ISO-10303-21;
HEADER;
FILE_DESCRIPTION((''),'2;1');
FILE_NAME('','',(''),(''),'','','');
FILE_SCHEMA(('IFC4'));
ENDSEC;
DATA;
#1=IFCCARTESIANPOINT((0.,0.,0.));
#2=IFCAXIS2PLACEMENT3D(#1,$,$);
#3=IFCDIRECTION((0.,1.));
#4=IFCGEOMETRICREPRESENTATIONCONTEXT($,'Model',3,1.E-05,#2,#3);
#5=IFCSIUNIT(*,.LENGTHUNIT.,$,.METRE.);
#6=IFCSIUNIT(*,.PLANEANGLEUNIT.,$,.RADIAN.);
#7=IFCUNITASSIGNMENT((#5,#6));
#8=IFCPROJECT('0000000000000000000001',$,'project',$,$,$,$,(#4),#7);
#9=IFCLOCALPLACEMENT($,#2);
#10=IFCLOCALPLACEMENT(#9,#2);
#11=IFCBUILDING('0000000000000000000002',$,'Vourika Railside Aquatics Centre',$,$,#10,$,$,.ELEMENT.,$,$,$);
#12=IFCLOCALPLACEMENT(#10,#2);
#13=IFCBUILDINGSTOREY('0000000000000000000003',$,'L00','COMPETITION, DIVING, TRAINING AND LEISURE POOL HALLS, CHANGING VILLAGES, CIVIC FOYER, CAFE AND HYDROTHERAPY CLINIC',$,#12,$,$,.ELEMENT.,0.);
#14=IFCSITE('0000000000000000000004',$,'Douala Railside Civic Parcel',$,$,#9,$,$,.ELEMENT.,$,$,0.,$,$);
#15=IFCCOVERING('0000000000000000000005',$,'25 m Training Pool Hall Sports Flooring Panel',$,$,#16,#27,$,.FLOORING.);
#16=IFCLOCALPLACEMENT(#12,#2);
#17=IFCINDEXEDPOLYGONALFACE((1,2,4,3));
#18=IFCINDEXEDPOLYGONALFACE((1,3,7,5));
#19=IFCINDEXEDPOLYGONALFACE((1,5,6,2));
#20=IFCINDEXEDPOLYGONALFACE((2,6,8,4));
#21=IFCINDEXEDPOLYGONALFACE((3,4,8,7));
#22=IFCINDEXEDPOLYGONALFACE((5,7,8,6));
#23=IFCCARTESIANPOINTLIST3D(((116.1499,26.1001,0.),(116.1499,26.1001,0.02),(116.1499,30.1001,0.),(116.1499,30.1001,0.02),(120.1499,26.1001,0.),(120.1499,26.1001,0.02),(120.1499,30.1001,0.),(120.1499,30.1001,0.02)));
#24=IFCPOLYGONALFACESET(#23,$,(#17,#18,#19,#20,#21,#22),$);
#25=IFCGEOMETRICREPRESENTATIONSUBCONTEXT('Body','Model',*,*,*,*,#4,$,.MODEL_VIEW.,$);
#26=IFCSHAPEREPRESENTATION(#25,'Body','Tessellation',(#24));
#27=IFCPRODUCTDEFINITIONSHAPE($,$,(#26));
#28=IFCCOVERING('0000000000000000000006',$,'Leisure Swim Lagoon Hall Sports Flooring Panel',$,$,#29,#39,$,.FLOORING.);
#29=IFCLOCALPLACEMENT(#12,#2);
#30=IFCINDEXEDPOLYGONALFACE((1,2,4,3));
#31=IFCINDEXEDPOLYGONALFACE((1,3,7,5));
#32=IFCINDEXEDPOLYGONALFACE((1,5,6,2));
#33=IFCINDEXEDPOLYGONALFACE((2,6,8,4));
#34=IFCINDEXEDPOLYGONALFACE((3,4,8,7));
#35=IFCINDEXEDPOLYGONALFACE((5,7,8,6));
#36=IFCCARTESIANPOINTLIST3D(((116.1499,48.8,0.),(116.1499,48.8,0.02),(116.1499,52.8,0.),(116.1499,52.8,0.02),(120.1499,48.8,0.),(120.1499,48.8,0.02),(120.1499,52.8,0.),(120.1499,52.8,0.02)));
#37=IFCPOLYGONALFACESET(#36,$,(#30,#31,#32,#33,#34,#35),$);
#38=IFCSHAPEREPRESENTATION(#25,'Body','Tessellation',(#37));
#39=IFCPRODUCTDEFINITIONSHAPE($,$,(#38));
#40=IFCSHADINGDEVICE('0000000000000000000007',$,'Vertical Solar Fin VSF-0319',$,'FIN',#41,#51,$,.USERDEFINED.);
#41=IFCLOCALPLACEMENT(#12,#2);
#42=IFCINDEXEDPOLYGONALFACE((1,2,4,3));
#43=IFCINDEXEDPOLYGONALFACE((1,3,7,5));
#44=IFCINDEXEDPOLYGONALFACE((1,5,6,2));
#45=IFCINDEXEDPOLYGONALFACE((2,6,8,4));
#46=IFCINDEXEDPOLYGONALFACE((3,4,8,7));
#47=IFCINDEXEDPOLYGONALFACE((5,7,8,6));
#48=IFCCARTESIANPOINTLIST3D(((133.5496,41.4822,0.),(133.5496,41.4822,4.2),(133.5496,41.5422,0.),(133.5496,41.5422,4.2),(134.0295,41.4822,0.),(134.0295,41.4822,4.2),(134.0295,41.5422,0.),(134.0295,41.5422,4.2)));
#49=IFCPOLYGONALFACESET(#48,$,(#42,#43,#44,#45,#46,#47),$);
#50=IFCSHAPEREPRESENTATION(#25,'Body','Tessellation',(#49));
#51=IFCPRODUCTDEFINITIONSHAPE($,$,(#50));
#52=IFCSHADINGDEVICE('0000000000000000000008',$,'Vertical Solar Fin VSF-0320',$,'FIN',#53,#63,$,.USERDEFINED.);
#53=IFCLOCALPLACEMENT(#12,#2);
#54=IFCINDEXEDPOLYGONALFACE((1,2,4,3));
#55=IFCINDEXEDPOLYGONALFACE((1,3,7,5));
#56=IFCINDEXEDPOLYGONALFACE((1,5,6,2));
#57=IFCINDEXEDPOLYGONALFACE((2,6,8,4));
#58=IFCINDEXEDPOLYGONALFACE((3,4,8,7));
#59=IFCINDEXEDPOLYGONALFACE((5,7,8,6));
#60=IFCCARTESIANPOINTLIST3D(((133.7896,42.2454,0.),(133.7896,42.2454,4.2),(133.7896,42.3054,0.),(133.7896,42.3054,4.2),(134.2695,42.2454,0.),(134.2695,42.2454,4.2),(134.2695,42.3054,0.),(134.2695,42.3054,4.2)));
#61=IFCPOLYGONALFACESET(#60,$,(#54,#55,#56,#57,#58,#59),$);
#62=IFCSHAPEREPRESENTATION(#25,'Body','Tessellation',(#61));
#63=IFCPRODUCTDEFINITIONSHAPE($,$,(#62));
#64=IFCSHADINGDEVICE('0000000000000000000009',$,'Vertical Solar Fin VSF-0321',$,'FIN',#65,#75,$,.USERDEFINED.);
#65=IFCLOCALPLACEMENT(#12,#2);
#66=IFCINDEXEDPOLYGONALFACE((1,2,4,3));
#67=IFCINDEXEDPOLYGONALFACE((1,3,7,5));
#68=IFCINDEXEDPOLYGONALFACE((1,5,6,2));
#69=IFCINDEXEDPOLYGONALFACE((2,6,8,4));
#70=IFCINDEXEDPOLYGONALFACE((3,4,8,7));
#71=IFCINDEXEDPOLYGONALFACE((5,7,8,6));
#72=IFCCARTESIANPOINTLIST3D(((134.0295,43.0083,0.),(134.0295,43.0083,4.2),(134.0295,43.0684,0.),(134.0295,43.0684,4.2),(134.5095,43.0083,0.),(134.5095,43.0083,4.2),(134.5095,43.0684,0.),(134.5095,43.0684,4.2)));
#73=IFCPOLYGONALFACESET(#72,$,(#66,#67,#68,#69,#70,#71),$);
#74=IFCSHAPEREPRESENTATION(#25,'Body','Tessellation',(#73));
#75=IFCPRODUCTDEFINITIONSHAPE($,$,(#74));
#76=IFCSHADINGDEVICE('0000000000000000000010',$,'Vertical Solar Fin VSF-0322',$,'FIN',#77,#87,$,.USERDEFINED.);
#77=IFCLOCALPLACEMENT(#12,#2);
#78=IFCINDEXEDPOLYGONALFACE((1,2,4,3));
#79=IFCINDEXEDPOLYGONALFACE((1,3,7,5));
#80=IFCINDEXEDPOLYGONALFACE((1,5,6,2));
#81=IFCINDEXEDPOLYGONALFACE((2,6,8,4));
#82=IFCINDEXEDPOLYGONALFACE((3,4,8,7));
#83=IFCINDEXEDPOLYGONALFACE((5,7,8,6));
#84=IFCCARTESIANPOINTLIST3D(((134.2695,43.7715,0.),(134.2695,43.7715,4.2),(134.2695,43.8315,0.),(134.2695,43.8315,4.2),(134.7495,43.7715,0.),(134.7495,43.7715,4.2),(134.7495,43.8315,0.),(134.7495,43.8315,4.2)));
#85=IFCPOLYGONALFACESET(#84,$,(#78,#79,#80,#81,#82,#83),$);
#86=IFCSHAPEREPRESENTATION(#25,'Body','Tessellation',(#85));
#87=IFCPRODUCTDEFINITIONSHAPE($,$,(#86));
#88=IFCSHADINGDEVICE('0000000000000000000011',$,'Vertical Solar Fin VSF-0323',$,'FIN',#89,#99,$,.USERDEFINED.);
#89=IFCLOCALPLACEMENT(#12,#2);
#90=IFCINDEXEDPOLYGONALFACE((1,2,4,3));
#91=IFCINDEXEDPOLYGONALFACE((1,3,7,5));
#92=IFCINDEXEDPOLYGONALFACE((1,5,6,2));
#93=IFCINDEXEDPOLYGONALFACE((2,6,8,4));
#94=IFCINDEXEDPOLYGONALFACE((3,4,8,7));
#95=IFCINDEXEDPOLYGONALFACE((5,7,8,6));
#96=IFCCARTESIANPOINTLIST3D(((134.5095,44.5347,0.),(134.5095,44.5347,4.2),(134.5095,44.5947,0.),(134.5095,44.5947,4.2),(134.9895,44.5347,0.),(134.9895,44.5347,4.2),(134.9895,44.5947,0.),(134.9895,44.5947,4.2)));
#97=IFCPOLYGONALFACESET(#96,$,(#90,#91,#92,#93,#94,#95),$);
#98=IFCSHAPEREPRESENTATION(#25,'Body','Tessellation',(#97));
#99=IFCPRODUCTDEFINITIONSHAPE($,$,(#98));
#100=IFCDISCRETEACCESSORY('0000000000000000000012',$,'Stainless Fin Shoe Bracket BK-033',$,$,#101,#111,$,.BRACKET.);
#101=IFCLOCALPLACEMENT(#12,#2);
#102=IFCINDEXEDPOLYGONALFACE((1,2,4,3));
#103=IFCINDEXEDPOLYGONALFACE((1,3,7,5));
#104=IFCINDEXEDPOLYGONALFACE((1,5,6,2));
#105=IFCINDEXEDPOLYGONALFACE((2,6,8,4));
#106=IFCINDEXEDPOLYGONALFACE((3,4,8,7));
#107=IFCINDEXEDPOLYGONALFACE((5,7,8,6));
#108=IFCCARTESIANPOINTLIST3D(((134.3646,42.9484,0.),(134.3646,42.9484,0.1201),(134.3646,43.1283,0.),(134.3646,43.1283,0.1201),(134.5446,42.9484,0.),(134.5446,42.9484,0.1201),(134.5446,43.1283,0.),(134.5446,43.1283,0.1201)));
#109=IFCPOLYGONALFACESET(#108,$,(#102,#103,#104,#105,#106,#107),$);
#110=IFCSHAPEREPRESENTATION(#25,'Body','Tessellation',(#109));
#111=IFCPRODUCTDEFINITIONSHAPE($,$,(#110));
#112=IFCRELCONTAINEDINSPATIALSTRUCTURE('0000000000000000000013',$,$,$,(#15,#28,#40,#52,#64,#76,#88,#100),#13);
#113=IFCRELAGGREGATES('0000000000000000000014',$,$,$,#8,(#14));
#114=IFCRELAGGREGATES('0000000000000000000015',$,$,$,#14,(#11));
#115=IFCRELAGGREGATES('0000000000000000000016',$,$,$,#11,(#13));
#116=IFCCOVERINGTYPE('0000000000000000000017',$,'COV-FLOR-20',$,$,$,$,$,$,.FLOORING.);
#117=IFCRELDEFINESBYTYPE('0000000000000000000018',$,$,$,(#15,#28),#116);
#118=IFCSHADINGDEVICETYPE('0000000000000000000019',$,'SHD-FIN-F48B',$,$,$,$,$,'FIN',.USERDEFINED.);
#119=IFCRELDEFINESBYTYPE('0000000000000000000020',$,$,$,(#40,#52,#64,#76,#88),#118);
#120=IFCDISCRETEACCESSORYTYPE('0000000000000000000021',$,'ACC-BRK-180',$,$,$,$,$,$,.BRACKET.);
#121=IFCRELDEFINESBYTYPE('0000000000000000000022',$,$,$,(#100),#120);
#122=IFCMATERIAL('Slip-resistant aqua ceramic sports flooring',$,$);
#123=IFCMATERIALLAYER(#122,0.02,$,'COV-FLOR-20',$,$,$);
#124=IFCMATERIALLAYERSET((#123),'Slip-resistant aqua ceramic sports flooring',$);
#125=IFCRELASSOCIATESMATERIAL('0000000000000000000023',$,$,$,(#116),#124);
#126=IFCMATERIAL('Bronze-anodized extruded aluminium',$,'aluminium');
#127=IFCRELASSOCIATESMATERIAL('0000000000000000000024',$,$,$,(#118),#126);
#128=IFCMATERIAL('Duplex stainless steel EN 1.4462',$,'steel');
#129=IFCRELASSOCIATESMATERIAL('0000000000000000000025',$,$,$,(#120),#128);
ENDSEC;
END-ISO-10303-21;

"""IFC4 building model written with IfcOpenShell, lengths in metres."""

from ifc_helpers import new_model, si_unit, direction, frame, origin, origin_2d, place, context, subcontext, project, spatial, rectangle, extrude, material, layer, layer_set, material_profile, profile_set, type_object, element, save


model = new_model("IFC4")

# Units and contexts
model_context = context("Model", 3, precision=1e-05, world=origin(), true_north=direction((0.0, 1.0)))
body_context = subcontext(model_context, "Body", "Model", "MODEL_VIEW")
ifc_project = project(units=[si_unit("LENGTHUNIT", "METRE"), si_unit("PLANEANGLEUNIT", "RADIAN")], contexts=[model_context])

# Site, building, storey
site_placement = place(None, origin())
site = spatial("IfcSite", under=ifc_project, at=site_placement, Name="Douala Railside Civic Parcel", CompositionType="ELEMENT", RefElevation=0.0)
building_placement = place(site_placement, origin())
building = spatial("IfcBuilding", under=site, at=building_placement, Name="Vourika Railside Aquatics Centre", CompositionType="ELEMENT")
storey_placement = place(building_placement, origin())
storey = spatial("IfcBuildingStorey", under=building, at=storey_placement, Name="L00", Description="COMPETITION, DIVING, TRAINING AND LEISURE POOL HALLS, CHANGING VILLAGES, CIVIC FOYER, CAFE AND HYDROTHERAPY CLINIC", CompositionType="ELEMENT", Elevation=0.0)

# Coverings
ifc_material_1 = material(Name="Slip-resistant aqua ceramic sports flooring")
ifc_layer_1 = layer(ifc_material_1, 0.02, Name="COV-FLOR-20")
ifc_layer_set_1 = layer_set([ifc_layer_1], Name="Slip-resistant aqua ceramic sports flooring")
covering_type = type_object("IfcCoveringType", Name="COV-FLOR-20", PredefinedType="FLOORING", material=ifc_layer_set_1)
for number, where, z_axis, x_axis, name in (
    (1, (118.1499, 28.1001, 0.0), (0.0, 0.0, 1.0), (1.0, 0.0, 0.0), "25 m Training Pool Hall Sports Flooring Panel"),
    (2, (118.1499, 50.8, 0.0), (0.0, 0.0, 1.0), (1.0, 0.0, 0.0), "Leisure Swim Lagoon Hall Sports Flooring Panel"),
):
    element("IfcCovering", number, at=place(storey_placement, frame(where, z_axis=z_axis, x_axis=x_axis)), inside=storey, type_object=covering_type, Name=name, PredefinedType="FLOORING", context=body_context, shape_type="SweptSolid", body=[
        extrude(rectangle(XDim=4.0, YDim=4.0, at=origin_2d()), origin(), (0.0, 0.0, 1.0), 0.02),
    ])

# Shading devices
ifc_material_2 = material(Name="Bronze-anodized extruded aluminium", Category="aluminium")
ifc_material_profile_1 = material_profile(ifc_material_2, rectangle(XDim=0.0601, YDim=0.48, at=origin_2d()), Name="ALU-FIN 60x480")
ifc_profile_set_1 = profile_set([ifc_material_profile_1], Name="Bronze-anodized extruded aluminium")
shading_device_type = type_object("IfcShadingDeviceType", Name="SHD-FIN-F48B", ElementType="FIN", PredefinedType="USERDEFINED", material=ifc_profile_set_1)
for number, where, z_axis, x_axis, name in (
    (3, (133.7896, 41.5122, 0.0), (0.0, 0.0, 1.0), (0.0, 1.0, 0.0), "Vertical Solar Fin VSF-0319"),
    (4, (134.0295, 42.2754, 0.0), (0.0, 0.0, 1.0), (0.0, 1.0, 0.0), "Vertical Solar Fin VSF-0320"),
    (5, (134.2695, 43.0383, 0.0), (0.0, 0.0, 1.0), (0.0, 1.0, 0.0), "Vertical Solar Fin VSF-0321"),
    (6, (134.5095, 43.8015, 0.0), (0.0, 0.0, 1.0), (0.0, 1.0, 0.0), "Vertical Solar Fin VSF-0322"),
    (7, (134.7495, 44.5647, 0.0), (0.0, 0.0, 1.0), (0.0, 1.0, 0.0), "Vertical Solar Fin VSF-0323"),
):
    element("IfcShadingDevice", number, at=place(storey_placement, frame(where, z_axis=z_axis, x_axis=x_axis)), inside=storey, type_object=shading_device_type, Name=name, ObjectType="FIN", PredefinedType="USERDEFINED", context=body_context, shape_type="SweptSolid", body=[
        extrude(rectangle(XDim=0.0601, YDim=0.48, at=origin_2d()), origin(), (0.0, 0.0, 1.0), 4.2),
    ])

# Discrete accessory
ifc_material_3 = material(Name="Duplex stainless steel EN 1.4462", Category="steel")
discrete_accessory_type = type_object("IfcDiscreteAccessoryType", Name="ACC-BRK-180", PredefinedType="BRACKET", material=ifc_material_3)
discrete_accessory_placement = place(storey_placement, frame((134.4546, 43.0383, 0.0), z_axis=(0.0, 0.0, 1.0), x_axis=(-1.0, 0.0, 0.0)))
element("IfcDiscreteAccessory", 8, at=discrete_accessory_placement, inside=storey, type_object=discrete_accessory_type, Name="Stainless Fin Shoe Bracket BK-033", PredefinedType="BRACKET", context=body_context, shape_type="SweptSolid", body=[
    extrude(rectangle(XDim=0.1799, YDim=0.1799, at=origin_2d()), origin(), (0.0, 0.0, 1.0), 0.1201),
])

save(model, "model.ifc")
